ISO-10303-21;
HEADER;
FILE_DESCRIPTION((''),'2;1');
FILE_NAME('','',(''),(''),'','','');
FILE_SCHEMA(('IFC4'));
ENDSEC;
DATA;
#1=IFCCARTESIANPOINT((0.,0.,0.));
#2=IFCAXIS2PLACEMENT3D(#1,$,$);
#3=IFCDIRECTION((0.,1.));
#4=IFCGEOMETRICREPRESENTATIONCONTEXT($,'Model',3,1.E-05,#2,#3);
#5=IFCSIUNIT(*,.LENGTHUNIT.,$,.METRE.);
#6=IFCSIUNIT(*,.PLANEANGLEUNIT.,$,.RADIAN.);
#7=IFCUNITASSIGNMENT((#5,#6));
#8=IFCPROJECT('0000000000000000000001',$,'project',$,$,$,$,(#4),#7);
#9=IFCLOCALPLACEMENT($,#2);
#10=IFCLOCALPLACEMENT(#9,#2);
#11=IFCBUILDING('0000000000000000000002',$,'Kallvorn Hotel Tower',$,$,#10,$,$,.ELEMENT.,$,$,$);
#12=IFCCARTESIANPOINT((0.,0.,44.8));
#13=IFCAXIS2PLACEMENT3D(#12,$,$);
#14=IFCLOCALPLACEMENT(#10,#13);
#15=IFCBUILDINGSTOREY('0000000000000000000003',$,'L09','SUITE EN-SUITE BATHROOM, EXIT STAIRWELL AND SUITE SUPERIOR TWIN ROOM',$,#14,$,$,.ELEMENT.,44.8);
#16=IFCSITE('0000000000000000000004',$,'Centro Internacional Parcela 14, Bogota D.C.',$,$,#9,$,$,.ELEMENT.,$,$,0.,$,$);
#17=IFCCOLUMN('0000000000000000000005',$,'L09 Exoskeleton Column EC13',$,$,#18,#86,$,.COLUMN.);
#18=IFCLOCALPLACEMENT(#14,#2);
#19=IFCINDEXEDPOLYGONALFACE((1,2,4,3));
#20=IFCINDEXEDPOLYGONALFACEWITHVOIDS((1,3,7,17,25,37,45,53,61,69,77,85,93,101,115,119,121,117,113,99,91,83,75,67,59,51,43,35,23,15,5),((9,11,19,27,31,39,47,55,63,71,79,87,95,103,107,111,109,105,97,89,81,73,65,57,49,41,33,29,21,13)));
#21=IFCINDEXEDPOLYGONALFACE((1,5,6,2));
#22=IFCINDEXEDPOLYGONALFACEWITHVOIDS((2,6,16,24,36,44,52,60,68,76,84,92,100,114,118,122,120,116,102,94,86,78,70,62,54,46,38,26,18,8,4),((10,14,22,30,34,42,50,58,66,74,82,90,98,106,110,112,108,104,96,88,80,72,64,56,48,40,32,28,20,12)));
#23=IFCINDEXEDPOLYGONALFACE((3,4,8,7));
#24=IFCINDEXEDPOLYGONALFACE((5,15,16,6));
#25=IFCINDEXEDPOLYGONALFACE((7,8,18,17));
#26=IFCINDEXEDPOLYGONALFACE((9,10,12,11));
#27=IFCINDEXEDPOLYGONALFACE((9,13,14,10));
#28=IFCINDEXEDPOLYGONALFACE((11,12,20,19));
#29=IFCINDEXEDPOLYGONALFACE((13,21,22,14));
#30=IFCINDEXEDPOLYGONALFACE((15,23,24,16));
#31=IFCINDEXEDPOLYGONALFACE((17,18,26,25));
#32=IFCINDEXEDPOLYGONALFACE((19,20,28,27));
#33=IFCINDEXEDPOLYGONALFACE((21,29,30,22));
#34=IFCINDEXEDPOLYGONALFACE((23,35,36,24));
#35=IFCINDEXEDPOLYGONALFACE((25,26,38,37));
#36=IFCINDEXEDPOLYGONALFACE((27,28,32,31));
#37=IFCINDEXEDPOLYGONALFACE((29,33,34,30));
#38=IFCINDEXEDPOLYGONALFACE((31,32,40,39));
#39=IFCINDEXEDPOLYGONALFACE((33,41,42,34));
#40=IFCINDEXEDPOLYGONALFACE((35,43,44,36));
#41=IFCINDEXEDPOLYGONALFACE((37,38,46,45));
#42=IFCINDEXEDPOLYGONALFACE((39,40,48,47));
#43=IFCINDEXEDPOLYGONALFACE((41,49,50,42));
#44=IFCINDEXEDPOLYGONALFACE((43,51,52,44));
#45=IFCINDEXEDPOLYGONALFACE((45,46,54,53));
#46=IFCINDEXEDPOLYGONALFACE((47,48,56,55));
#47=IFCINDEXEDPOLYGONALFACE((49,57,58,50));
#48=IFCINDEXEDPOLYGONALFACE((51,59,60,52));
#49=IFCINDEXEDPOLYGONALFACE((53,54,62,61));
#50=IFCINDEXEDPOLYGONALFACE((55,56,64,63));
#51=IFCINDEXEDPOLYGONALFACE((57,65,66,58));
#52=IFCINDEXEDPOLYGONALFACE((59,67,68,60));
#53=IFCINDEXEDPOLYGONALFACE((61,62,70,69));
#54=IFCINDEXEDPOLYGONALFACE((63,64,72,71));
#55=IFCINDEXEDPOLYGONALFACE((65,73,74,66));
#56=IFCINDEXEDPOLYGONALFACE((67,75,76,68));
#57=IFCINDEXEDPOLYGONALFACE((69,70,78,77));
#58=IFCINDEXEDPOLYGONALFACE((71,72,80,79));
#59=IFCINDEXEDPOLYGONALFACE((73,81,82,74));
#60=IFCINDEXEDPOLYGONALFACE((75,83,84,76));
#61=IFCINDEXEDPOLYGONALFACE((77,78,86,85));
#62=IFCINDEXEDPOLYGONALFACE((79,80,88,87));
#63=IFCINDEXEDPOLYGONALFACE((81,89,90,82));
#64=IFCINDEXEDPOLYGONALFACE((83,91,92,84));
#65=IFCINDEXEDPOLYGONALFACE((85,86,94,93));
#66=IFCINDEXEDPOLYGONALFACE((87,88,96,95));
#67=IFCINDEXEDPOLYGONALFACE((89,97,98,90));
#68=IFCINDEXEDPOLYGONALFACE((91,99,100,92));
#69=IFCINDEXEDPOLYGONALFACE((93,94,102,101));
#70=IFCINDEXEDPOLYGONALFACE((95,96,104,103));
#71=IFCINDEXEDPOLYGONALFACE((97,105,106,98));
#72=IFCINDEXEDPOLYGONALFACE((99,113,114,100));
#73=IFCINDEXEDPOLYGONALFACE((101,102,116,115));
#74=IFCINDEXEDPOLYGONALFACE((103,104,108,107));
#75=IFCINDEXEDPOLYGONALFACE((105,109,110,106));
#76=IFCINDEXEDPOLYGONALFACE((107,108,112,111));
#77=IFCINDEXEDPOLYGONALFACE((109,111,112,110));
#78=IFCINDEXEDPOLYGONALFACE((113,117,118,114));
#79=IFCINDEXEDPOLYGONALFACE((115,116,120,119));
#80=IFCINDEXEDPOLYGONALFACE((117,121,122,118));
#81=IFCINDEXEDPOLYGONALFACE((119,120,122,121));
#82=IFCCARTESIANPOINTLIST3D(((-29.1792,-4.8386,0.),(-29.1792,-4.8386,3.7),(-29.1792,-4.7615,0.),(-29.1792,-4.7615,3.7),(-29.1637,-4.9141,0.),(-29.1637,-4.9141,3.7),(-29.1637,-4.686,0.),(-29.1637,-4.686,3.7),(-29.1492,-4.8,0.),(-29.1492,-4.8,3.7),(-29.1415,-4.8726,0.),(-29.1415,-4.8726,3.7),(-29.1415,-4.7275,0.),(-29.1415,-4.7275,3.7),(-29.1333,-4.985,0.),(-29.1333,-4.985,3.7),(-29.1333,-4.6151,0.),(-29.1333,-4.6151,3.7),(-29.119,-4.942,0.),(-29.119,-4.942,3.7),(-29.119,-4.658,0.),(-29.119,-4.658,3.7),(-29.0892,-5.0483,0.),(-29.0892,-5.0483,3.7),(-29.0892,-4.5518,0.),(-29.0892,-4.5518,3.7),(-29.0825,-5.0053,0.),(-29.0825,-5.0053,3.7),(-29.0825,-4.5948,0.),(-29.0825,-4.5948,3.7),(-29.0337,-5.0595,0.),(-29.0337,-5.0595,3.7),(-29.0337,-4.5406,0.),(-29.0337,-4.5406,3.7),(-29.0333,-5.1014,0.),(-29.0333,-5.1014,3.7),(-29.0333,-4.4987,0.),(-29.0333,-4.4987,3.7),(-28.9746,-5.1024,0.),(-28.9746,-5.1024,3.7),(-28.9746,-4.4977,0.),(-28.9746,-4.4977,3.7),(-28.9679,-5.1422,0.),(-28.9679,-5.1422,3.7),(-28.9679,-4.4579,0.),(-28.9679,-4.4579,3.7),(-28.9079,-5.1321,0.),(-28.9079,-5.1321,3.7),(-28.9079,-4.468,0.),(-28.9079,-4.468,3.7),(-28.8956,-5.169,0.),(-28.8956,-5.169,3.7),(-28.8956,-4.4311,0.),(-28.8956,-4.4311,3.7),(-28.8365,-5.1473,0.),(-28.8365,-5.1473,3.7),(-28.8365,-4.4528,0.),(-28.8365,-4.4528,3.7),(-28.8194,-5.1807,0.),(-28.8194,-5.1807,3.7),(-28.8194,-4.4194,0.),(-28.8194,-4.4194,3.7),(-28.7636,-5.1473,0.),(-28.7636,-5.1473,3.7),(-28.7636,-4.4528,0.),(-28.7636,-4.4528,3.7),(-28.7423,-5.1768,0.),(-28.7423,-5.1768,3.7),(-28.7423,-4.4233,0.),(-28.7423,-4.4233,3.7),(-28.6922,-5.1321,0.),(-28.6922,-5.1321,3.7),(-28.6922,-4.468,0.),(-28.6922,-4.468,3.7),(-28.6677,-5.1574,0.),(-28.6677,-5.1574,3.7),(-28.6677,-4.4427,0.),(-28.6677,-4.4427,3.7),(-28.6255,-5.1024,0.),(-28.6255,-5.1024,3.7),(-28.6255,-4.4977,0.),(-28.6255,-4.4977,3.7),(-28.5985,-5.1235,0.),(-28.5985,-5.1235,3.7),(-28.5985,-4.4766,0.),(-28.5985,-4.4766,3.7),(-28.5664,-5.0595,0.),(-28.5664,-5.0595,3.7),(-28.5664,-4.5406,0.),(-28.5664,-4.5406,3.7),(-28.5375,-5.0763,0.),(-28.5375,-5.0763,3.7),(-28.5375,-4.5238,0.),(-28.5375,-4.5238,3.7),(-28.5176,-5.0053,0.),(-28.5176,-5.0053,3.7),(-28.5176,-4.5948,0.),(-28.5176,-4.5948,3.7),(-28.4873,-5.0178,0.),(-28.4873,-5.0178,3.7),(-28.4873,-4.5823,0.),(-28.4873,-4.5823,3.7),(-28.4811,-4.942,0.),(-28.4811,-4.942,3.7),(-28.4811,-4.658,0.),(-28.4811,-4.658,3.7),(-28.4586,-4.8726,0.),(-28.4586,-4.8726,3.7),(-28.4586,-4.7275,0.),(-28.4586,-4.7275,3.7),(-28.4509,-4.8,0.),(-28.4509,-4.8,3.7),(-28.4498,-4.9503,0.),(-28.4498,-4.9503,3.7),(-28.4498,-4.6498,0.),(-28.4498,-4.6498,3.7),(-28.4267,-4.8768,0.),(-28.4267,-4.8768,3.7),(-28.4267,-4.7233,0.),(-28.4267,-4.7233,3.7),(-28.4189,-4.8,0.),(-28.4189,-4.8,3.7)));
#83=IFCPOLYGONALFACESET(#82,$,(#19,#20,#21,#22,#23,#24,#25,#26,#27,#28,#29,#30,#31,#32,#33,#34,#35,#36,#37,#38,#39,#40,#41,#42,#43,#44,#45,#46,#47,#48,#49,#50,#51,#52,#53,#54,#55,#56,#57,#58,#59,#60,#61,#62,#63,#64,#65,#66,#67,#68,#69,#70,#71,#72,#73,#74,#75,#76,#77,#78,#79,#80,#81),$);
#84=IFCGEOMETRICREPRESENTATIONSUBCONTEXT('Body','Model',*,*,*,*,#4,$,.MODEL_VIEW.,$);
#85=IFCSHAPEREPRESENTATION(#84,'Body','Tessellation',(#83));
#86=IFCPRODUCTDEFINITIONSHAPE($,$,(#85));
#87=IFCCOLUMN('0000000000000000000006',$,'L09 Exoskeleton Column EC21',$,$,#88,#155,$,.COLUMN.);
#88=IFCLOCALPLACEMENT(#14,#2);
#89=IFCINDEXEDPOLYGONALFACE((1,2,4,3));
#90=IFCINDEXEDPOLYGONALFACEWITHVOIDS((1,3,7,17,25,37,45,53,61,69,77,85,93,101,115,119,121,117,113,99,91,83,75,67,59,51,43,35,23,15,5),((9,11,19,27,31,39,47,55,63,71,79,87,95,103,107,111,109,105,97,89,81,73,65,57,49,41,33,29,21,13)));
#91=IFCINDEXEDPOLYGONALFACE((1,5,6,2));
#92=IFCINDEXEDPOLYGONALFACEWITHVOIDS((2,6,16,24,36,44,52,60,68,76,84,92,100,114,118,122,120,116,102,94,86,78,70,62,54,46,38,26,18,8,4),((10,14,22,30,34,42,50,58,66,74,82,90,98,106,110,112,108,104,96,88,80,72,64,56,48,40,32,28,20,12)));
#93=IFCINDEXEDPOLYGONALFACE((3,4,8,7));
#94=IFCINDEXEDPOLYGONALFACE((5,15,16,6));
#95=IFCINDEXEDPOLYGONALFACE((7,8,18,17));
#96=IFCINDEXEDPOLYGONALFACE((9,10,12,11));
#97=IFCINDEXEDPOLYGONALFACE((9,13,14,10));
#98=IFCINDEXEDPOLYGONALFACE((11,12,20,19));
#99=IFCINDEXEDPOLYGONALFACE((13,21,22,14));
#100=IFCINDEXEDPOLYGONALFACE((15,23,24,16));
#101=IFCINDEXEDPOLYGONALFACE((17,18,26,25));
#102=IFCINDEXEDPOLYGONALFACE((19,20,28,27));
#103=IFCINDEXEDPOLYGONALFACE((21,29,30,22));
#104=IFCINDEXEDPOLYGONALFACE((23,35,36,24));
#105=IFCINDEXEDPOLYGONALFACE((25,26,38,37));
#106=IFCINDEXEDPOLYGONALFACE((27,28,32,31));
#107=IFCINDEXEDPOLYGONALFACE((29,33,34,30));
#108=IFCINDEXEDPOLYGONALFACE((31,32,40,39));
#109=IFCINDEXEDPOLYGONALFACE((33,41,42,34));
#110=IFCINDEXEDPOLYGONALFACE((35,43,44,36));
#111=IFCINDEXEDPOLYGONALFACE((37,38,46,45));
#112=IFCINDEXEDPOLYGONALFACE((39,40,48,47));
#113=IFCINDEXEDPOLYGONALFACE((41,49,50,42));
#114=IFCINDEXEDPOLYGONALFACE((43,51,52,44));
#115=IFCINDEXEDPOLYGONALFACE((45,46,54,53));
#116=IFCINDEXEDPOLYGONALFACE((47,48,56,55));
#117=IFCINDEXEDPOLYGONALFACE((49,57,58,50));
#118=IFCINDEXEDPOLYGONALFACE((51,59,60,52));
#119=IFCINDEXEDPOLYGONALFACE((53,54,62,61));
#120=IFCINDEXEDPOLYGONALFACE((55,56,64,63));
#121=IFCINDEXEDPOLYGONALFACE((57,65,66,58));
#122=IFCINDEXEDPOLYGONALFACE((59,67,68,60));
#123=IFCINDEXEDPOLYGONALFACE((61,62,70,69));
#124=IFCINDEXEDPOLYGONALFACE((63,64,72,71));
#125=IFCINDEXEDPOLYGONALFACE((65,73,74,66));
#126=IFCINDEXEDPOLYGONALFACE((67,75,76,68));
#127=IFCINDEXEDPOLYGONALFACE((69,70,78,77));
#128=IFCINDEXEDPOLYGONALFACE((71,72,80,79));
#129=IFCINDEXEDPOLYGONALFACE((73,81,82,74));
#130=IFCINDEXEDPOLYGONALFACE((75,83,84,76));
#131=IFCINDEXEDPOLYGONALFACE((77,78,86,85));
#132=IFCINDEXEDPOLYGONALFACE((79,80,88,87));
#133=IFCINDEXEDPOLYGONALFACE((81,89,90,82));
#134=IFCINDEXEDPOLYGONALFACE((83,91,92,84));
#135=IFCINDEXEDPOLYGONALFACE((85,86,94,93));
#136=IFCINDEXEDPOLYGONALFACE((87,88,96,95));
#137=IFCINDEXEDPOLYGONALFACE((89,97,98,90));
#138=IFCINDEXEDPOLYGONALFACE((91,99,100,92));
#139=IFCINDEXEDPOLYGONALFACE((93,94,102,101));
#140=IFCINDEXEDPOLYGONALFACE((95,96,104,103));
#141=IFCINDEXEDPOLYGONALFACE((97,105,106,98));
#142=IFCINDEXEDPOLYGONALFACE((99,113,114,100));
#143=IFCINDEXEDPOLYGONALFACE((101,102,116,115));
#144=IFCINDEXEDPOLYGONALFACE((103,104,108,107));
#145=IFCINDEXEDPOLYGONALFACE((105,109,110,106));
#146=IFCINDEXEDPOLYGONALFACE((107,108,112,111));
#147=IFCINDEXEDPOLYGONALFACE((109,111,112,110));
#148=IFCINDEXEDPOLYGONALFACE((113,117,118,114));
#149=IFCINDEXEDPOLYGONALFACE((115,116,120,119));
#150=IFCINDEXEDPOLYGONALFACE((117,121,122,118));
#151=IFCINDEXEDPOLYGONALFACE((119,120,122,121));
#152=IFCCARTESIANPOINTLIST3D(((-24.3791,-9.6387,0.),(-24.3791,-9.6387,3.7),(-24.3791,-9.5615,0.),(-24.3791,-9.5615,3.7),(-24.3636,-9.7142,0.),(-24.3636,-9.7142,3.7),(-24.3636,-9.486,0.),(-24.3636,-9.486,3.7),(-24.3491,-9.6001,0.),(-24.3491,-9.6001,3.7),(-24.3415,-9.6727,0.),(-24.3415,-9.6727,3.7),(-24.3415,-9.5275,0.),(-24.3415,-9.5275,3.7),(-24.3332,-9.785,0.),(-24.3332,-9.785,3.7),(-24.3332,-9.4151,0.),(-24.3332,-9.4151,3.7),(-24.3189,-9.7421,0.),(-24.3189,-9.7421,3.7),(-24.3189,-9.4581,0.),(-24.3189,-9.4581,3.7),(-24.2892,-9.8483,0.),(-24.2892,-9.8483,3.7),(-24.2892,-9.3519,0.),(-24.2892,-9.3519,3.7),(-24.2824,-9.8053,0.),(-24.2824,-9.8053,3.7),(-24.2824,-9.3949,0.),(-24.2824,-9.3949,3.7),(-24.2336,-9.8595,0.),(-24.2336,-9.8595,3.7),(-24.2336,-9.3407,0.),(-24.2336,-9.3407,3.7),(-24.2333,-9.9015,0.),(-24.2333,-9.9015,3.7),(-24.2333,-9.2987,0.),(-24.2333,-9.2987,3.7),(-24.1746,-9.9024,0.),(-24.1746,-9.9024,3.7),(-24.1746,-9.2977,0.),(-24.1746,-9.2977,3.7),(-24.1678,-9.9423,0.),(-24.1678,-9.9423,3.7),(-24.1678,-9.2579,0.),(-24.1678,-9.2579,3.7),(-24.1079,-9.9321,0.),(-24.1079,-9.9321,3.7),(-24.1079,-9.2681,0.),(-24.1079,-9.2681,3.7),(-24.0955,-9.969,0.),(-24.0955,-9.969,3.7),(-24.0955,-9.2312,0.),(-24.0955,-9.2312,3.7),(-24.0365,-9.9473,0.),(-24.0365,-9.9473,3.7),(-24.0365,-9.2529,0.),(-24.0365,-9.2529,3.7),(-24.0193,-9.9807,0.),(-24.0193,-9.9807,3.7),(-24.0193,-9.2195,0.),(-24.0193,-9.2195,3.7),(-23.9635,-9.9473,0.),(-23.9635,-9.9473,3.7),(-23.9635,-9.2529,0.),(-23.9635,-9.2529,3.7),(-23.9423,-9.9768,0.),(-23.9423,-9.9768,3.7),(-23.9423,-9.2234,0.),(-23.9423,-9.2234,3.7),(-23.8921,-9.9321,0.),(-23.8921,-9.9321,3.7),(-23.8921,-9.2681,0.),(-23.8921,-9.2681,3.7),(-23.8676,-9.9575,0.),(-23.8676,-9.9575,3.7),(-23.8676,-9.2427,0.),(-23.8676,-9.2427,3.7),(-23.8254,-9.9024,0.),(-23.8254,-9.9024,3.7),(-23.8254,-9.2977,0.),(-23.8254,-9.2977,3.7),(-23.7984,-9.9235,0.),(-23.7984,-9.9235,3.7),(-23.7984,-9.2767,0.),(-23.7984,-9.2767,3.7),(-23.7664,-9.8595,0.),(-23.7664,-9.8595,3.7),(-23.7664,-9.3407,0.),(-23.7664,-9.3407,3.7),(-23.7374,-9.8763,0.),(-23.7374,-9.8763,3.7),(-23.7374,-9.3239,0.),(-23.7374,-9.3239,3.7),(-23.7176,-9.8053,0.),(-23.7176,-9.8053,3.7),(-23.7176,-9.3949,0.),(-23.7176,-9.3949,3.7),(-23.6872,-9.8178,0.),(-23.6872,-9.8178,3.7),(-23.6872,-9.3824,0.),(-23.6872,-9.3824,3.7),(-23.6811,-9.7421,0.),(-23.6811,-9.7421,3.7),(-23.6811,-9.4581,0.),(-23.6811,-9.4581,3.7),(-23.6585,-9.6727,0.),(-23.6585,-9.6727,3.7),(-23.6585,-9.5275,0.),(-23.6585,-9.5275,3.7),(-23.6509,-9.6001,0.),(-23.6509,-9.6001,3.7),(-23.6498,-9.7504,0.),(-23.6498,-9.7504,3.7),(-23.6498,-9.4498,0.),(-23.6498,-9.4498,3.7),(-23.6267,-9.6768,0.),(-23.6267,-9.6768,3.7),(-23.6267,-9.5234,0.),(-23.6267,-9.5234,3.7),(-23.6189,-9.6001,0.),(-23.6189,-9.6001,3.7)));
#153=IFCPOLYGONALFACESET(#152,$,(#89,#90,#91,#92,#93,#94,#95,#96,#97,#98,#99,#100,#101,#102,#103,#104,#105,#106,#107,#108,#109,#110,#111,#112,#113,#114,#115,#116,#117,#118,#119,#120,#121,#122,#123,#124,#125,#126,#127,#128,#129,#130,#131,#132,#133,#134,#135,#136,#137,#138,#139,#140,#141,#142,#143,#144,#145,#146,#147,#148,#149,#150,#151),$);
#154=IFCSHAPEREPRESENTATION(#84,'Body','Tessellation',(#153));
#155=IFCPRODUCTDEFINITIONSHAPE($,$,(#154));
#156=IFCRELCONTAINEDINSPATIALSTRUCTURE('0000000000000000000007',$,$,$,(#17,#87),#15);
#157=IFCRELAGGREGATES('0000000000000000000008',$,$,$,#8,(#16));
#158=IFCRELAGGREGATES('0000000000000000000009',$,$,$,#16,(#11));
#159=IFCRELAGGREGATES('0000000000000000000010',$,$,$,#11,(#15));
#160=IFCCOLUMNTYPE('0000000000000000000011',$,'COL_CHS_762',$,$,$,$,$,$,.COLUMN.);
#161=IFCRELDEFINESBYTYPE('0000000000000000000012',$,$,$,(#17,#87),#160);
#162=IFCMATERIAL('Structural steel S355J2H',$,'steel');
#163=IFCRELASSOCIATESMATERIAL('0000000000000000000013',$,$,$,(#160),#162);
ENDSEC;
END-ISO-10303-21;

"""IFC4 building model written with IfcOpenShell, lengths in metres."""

from ifc_helpers import new_model, si_unit, direction, frame, origin, origin_2d, place, context, subcontext, project, spatial, hollow_circle, extrude, material, material_profile, profile_set, type_object, element, save


model = new_model("IFC4")

# Units and contexts
model_context = context("Model", 3, precision=1e-05, world=origin(), true_north=direction((0.0, 1.0)))
body_context = subcontext(model_context, "Body", "Model", "MODEL_VIEW")
ifc_project = project(units=[si_unit("LENGTHUNIT", "METRE"), si_unit("PLANEANGLEUNIT", "RADIAN")], contexts=[model_context])

# Site, building, storey
site_placement = place(None, origin())
site = spatial("IfcSite", under=ifc_project, at=site_placement, Name="Centro Internacional Parcela 14, Bogota D.C.", CompositionType="ELEMENT", RefElevation=0.0)
building_placement = place(site_placement, origin())
building = spatial("IfcBuilding", under=site, at=building_placement, Name="Kallvorn Hotel Tower", CompositionType="ELEMENT")
storey_placement = place(building_placement, frame((0.0, 0.0, 44.8)))
storey = spatial("IfcBuildingStorey", under=building, at=storey_placement, Name="L09", Description="SUITE EN-SUITE BATHROOM, EXIT STAIRWELL AND SUITE SUPERIOR TWIN ROOM", CompositionType="ELEMENT", Elevation=44.8)

# Columns
ifc_material_1 = material(Name="Structural steel S355J2H", Category="steel")
ifc_material_profile_1 = material_profile(ifc_material_1, hollow_circle(Radius=0.3811, WallThickness=0.032, at=origin_2d()), Name="CHS 762x32")
ifc_profile_set_1 = profile_set([ifc_material_profile_1], Name="Structural steel S355J2H")
column_type_1 = type_object("IfcColumnType", Name="COL_CHS_762", PredefinedType="COLUMN", material=ifc_profile_set_1)
for number, where, z_axis, x_axis, name in (
    (1, (-28.8, -4.8, 0.0), (0.0, 0.0, 1.0), (1.0, 0.0, 0.0), "L09 Exoskeleton Column EC13"),
    (2, (-24.0, -9.6001, 0.0), (0.0, 0.0, 1.0), (1.0, 0.0, 0.0), "L09 Exoskeleton Column EC21"),
):
    element("IfcColumn", number, at=place(storey_placement, frame(where, z_axis=z_axis, x_axis=x_axis)), inside=storey, type_object=column_type_1, Name=name, PredefinedType="COLUMN", context=body_context, shape_type="SweptSolid", body=[
        extrude(hollow_circle(Radius=0.3811, WallThickness=0.032, at=origin_2d()), origin(), (0.0, 0.0, 1.0), 3.7),
    ])

save(model, "model.ifc")
